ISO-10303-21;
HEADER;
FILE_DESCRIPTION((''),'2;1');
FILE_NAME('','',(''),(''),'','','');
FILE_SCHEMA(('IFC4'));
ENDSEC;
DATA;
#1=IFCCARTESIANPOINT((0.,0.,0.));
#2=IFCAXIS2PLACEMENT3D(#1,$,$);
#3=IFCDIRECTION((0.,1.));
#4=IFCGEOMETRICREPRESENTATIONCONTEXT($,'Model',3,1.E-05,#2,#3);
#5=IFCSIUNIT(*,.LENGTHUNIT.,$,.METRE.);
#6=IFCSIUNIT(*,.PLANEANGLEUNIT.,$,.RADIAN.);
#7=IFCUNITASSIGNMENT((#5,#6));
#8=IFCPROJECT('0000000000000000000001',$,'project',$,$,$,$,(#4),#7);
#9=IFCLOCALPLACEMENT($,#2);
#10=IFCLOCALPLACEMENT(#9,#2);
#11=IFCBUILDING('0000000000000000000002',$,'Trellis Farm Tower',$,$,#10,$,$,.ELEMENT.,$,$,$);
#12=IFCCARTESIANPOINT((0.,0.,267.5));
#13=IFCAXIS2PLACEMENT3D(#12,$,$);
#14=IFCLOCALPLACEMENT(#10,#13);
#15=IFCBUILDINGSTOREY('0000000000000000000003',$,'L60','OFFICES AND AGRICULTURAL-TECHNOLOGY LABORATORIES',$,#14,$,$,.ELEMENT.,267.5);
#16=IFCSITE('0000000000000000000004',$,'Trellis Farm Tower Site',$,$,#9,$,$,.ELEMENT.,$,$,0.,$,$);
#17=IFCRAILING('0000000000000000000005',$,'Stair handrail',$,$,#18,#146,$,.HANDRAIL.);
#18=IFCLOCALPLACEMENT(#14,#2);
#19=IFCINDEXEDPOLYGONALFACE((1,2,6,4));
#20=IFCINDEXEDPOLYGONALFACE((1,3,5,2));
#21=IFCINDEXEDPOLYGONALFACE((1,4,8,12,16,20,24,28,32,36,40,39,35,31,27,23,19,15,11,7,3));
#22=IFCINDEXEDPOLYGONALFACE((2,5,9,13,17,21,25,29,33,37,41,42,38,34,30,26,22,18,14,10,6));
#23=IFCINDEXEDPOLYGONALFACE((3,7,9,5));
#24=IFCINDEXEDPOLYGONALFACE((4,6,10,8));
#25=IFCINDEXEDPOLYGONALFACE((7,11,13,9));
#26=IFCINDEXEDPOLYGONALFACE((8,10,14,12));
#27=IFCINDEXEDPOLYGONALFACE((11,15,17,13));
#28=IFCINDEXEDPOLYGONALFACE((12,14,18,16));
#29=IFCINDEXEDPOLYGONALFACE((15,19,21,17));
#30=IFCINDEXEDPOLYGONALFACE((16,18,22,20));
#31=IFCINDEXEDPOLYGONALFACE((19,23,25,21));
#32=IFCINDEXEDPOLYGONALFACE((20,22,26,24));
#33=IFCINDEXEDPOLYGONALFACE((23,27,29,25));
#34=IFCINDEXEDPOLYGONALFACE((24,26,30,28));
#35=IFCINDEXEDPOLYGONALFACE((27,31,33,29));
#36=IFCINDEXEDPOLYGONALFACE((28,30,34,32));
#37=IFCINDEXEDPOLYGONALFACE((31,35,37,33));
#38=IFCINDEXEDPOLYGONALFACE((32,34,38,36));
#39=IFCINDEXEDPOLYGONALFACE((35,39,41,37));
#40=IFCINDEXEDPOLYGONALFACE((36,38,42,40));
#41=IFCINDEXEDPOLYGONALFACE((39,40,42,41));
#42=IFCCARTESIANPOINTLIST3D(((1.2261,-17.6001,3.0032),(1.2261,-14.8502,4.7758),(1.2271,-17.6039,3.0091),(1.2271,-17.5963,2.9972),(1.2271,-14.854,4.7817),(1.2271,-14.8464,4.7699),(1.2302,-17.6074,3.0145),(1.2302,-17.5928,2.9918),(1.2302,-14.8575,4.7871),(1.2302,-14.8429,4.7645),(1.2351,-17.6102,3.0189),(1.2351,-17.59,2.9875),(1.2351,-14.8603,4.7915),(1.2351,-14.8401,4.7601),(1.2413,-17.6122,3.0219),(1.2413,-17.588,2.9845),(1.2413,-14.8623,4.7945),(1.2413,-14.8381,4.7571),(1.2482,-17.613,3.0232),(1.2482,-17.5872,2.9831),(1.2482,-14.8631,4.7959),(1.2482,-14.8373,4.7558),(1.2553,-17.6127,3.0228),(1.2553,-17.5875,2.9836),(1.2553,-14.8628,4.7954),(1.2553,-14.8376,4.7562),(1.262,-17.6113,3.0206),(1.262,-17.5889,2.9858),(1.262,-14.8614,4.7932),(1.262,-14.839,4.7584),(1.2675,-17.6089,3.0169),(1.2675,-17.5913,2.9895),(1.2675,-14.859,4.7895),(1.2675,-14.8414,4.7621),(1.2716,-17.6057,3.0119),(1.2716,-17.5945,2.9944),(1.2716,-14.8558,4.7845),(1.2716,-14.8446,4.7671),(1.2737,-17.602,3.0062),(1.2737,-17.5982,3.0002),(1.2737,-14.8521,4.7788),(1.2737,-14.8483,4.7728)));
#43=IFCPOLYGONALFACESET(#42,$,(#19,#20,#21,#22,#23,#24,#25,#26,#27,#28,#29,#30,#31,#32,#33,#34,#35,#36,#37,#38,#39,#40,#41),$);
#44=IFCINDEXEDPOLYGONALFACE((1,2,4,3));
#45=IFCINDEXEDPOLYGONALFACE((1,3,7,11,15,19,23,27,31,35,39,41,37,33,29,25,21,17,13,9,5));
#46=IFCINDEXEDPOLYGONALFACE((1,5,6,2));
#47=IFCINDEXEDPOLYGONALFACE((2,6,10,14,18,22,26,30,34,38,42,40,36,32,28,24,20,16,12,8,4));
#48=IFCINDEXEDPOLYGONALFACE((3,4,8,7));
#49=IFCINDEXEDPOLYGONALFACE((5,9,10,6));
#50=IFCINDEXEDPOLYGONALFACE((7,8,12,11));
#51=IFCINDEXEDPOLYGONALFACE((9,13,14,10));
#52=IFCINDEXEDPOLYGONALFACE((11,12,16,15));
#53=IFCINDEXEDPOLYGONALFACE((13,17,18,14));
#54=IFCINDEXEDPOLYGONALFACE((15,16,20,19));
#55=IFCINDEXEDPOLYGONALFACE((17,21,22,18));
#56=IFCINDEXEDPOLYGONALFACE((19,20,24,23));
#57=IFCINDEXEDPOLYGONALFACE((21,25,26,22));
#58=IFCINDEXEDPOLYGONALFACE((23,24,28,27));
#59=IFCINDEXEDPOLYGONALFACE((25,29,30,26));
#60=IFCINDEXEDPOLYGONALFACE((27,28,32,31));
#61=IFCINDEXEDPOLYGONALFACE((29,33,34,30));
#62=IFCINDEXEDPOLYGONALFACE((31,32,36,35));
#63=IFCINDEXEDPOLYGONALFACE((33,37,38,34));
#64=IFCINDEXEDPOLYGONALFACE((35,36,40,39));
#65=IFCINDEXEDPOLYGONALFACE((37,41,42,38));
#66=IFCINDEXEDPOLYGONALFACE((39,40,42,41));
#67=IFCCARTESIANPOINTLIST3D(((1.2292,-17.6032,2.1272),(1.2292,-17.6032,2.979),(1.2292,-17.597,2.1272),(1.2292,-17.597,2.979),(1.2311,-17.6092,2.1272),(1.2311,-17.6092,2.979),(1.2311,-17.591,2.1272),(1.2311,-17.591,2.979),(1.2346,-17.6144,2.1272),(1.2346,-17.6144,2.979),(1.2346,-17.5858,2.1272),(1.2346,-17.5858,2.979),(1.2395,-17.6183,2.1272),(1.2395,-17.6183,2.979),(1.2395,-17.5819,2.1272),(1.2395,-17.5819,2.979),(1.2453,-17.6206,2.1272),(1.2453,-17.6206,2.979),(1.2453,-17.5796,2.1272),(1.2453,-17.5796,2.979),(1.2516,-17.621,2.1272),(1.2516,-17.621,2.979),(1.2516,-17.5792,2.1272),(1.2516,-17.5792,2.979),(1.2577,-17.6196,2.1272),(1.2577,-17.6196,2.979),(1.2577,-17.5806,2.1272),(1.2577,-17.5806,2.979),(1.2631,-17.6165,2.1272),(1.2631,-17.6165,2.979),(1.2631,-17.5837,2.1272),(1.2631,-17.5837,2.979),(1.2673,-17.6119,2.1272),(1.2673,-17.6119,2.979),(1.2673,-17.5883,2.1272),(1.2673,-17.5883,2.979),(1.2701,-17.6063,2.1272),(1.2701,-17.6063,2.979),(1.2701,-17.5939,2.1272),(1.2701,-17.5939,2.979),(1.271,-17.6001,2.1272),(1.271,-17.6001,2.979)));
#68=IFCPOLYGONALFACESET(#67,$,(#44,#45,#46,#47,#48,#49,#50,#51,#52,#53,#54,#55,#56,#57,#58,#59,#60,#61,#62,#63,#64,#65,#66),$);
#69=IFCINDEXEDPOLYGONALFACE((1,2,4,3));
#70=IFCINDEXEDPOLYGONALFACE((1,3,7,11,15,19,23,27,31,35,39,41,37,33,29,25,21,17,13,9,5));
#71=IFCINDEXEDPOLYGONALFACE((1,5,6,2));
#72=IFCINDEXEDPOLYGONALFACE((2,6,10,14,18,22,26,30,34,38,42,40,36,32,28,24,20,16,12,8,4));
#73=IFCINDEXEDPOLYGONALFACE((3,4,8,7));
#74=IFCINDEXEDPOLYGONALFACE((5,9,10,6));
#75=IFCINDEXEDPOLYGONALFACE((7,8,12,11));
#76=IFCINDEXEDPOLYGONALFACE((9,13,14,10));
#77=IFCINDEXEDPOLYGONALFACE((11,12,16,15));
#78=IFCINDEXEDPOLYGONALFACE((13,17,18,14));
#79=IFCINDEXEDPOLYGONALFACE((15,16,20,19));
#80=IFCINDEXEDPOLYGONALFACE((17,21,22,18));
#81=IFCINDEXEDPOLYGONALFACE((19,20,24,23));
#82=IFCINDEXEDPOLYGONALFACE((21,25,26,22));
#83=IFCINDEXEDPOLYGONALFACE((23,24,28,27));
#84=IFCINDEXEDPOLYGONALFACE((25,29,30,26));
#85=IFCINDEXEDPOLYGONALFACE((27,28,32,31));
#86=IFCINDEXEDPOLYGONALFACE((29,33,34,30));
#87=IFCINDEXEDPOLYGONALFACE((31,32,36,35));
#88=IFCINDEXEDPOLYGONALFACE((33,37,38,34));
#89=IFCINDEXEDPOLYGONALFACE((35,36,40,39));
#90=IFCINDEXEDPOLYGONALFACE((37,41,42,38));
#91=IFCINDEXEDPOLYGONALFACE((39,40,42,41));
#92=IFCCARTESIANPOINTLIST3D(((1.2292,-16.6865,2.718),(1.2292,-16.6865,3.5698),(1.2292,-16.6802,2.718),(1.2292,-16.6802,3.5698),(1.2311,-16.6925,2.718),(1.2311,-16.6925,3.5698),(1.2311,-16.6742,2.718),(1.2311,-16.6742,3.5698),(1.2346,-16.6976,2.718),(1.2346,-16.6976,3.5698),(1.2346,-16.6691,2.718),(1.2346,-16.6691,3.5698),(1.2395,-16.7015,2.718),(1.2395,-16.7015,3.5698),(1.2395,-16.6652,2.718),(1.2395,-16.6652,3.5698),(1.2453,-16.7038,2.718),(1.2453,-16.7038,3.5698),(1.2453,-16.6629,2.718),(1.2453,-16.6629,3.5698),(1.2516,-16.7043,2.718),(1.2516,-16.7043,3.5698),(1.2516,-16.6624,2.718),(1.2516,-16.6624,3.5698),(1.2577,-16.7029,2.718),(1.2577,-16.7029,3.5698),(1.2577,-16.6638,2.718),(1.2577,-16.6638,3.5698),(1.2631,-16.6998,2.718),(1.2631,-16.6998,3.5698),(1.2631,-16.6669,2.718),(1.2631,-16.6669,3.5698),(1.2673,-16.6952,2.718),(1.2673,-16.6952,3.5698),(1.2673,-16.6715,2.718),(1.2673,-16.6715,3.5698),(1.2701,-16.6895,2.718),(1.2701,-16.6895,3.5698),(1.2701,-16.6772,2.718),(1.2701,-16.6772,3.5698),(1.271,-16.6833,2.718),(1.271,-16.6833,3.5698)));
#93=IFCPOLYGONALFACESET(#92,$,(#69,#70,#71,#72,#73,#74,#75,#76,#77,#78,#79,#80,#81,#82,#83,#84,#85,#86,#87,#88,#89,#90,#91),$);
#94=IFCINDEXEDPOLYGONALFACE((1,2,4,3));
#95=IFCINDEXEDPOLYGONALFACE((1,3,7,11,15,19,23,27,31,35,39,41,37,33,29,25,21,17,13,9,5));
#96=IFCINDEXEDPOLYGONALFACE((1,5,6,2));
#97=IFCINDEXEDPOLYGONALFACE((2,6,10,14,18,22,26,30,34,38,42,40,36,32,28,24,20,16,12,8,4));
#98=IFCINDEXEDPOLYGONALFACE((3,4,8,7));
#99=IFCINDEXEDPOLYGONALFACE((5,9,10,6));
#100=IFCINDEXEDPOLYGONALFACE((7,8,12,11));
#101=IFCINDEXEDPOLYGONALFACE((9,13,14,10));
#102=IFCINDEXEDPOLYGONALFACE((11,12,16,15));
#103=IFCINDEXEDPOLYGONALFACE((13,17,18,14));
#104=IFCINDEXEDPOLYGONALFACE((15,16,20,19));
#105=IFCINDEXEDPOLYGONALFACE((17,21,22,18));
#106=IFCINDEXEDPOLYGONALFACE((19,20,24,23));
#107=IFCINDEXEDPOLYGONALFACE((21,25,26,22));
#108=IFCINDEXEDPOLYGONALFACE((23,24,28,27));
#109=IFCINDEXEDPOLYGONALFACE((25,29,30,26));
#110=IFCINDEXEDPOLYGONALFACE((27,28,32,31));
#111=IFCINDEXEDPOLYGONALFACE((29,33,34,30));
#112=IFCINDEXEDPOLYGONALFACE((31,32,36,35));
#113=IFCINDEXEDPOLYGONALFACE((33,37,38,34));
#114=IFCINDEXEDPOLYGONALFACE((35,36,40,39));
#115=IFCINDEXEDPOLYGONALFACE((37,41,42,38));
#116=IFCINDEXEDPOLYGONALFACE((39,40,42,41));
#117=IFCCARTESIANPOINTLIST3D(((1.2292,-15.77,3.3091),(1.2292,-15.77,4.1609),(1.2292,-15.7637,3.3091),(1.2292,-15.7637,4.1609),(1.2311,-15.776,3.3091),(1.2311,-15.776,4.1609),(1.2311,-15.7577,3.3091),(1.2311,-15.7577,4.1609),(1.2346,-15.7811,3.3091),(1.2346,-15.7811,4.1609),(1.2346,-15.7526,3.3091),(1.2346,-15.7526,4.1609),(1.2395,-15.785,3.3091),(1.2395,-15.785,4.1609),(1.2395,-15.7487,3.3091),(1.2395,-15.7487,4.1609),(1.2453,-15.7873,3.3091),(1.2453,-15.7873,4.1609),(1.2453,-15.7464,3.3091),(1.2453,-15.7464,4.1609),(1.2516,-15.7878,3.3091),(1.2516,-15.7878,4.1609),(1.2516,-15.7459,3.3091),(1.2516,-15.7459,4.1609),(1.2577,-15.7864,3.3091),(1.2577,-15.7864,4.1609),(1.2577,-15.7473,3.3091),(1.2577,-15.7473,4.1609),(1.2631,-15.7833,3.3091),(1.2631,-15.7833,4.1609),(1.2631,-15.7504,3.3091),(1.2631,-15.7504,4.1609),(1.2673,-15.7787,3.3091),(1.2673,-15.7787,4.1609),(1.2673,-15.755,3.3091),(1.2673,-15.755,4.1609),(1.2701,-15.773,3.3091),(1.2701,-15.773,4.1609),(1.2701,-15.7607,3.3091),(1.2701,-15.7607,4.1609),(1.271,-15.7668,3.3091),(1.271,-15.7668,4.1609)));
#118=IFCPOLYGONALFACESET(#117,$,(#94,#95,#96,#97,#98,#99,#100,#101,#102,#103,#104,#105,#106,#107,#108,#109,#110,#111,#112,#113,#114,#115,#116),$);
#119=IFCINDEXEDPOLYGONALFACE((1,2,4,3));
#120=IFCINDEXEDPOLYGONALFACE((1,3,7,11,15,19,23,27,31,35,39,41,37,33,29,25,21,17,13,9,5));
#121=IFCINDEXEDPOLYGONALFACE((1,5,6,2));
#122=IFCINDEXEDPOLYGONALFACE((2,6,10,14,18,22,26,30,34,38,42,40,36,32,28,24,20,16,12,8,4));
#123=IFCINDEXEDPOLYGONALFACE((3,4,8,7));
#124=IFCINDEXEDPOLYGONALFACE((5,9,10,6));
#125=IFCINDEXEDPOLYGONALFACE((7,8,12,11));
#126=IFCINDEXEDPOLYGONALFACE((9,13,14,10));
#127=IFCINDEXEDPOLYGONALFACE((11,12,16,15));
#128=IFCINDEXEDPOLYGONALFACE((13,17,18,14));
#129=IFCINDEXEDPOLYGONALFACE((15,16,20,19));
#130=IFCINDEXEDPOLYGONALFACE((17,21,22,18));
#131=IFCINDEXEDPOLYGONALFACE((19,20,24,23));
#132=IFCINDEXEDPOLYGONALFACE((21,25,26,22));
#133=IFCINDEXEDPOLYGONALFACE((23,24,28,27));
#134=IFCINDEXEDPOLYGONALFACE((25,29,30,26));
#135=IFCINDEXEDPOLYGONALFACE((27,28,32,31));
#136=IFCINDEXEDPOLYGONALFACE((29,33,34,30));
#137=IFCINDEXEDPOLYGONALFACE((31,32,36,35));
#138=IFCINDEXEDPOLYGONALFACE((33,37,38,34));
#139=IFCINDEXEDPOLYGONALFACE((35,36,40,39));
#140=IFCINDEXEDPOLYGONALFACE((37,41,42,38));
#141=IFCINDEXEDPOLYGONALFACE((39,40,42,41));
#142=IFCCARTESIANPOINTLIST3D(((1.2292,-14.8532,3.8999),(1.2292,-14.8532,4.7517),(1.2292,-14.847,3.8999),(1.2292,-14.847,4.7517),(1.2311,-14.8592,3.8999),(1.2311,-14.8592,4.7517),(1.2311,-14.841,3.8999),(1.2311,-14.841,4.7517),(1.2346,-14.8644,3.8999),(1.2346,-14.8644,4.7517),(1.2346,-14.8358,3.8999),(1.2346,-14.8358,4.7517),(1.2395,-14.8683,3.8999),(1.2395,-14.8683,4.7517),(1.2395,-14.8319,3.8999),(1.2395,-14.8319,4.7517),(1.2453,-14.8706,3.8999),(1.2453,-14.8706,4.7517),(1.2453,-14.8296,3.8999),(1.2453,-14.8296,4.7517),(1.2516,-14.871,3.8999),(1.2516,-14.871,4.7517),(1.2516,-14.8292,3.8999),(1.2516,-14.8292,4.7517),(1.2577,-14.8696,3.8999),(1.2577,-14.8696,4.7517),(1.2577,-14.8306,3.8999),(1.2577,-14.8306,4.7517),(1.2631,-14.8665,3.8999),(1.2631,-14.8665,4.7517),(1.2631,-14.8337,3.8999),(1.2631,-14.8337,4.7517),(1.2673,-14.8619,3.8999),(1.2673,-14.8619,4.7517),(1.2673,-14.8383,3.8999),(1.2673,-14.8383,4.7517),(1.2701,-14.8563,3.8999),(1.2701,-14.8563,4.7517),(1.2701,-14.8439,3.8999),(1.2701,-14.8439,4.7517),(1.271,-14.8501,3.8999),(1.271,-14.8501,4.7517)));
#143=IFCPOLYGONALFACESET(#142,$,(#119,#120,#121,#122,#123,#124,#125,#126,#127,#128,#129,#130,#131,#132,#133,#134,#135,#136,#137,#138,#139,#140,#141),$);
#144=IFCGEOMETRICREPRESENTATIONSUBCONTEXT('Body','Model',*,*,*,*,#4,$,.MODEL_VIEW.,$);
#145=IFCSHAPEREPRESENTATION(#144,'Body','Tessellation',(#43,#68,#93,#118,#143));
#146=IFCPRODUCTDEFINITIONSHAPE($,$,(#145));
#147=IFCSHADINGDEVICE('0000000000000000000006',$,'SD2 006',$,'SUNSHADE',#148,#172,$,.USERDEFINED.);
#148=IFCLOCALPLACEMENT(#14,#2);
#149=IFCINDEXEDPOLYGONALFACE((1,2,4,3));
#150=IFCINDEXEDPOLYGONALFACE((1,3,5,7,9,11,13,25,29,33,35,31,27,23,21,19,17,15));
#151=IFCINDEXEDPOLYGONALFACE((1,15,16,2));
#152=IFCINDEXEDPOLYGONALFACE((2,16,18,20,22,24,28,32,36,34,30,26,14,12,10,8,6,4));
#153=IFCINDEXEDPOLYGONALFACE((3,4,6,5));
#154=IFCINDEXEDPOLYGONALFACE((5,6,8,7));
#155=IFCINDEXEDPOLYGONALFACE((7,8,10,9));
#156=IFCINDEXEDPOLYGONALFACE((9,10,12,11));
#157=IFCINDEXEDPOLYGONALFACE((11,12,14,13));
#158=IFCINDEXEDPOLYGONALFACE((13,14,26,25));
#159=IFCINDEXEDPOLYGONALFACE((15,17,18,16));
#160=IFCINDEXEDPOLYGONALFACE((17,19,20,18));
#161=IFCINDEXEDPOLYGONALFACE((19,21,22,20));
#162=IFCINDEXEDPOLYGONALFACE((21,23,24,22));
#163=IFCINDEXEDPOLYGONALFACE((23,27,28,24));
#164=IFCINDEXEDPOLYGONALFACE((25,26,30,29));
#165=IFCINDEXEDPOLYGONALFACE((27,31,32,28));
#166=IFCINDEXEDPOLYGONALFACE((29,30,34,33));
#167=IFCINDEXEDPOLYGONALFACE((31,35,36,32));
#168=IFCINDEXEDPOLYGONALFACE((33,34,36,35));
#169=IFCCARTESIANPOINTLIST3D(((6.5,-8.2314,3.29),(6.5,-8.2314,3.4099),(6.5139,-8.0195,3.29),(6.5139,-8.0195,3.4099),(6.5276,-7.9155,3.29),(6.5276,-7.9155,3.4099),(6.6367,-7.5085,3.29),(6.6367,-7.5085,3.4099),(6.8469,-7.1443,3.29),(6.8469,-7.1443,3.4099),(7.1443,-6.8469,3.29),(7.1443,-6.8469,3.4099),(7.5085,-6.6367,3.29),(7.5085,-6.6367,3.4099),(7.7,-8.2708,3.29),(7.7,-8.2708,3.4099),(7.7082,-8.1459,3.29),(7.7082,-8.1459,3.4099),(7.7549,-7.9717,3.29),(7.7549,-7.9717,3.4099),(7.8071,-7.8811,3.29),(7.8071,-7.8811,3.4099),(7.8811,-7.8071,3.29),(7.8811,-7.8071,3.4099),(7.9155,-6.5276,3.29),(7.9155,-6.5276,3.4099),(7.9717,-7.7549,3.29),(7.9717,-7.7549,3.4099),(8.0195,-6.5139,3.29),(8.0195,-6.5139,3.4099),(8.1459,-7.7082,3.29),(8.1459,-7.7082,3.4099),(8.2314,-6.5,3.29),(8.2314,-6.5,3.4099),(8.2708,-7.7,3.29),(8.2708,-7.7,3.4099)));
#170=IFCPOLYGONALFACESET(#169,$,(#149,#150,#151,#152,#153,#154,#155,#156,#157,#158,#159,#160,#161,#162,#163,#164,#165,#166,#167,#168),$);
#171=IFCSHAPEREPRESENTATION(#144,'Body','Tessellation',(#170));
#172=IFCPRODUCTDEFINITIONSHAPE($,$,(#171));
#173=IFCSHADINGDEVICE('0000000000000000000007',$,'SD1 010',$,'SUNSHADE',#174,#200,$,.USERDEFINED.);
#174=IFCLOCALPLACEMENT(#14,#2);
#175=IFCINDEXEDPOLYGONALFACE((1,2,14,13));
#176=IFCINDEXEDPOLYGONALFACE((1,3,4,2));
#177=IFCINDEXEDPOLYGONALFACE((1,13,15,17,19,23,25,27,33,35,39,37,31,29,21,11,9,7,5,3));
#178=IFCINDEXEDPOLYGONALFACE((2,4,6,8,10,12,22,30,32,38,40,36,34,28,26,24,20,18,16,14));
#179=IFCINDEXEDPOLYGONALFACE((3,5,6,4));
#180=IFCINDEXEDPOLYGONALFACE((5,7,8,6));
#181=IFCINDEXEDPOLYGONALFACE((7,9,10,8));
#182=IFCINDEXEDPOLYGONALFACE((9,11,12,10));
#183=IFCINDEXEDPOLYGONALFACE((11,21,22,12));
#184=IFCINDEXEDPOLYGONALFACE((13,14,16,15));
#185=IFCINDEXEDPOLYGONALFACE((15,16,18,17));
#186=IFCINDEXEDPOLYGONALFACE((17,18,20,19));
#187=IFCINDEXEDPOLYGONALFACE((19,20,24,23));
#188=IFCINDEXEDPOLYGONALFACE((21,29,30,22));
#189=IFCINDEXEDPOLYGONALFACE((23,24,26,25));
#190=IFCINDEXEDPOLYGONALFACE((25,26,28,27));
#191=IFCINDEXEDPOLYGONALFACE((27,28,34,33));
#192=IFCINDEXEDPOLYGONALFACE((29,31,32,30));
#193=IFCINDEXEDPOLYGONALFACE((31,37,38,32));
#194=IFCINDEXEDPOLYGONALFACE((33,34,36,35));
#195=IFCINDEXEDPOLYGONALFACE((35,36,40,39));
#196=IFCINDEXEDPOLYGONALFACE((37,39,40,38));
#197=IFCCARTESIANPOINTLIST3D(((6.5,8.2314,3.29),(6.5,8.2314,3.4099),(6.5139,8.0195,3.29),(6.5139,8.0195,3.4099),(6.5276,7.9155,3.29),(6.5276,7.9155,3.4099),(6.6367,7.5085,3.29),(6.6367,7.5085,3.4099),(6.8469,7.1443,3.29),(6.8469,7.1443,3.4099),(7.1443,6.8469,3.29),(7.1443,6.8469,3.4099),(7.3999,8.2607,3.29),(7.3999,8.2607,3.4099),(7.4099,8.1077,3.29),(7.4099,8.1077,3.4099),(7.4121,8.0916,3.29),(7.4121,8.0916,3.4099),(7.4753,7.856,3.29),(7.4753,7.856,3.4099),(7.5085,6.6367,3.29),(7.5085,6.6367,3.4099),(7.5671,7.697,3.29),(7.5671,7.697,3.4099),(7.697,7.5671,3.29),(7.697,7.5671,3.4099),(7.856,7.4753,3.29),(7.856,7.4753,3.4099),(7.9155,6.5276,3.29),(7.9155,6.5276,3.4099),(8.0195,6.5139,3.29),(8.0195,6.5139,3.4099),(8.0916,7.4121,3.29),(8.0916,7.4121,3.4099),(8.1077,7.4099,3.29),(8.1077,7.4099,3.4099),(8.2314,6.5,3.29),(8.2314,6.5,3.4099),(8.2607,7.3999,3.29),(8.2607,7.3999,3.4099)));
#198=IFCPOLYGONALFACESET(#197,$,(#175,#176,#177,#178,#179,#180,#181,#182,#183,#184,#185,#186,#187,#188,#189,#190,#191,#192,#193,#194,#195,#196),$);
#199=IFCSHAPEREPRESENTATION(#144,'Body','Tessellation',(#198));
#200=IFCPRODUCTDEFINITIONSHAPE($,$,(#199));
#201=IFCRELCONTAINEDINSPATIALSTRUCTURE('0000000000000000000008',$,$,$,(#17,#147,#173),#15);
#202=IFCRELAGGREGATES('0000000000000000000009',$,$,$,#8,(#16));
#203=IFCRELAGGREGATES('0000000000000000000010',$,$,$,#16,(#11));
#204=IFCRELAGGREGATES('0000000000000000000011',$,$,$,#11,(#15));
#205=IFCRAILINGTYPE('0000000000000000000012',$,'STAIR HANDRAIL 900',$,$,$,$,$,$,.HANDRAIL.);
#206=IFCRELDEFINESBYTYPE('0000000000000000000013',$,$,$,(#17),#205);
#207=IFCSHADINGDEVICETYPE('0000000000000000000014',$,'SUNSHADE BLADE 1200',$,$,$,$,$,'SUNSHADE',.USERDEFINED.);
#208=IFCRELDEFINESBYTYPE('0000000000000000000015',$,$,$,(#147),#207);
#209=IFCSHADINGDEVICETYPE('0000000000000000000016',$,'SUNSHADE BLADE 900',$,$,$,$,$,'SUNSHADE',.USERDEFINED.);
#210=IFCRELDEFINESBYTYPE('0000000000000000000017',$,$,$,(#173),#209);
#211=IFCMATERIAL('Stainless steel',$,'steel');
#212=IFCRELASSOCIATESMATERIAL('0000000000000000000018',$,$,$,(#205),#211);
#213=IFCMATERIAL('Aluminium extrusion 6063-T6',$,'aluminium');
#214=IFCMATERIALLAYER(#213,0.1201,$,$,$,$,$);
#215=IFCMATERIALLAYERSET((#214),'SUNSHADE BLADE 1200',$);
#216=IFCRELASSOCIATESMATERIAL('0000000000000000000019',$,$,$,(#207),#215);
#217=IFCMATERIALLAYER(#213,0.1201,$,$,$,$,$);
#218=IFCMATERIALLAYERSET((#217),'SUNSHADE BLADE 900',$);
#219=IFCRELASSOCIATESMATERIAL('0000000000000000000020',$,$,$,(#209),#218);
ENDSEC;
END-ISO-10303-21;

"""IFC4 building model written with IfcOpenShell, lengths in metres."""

from ifc_helpers import new_model, si_unit, direction, frame, origin, origin_2d, place, context, subcontext, project, spatial, polyline, circle, outline, extrude, source, transform, mapped, material, layer, layer_set, type_object, element, save


model = new_model("IFC4")

# Units and contexts
model_context = context("Model", 3, precision=1e-05, world=origin(), true_north=direction((0.0, 1.0)))
body_context = subcontext(model_context, "Body", "Model", "MODEL_VIEW")
ifc_project = project(units=[si_unit("LENGTHUNIT", "METRE"), si_unit("PLANEANGLEUNIT", "RADIAN")], contexts=[model_context])

# Site, building, storey
site_placement = place(None, origin())
site = spatial("IfcSite", under=ifc_project, at=site_placement, Name="Trellis Farm Tower Site", CompositionType="ELEMENT", RefElevation=0.0)
building_placement = place(site_placement, origin())
building = spatial("IfcBuilding", under=site, at=building_placement, Name="Trellis Farm Tower", CompositionType="ELEMENT")
storey_placement = place(building_placement, frame((0.0, 0.0, 267.5)))
storey = spatial("IfcBuildingStorey", under=building, at=storey_placement, Name="L60", Description="OFFICES AND AGRICULTURAL-TECHNOLOGY LABORATORIES", CompositionType="ELEMENT", Elevation=267.5)

# Shared definitions
ifc_material_1 = material(Name="Aluminium extrusion 6063-T6", Category="aluminium")

# Railing
ifc_material_2 = material(Name="Stainless steel", Category="steel")
railing_type = type_object("IfcRailingType", Name="STAIR HANDRAIL 900", PredefinedType="HANDRAIL", material=ifc_material_2)
shared_shape_1 = source(origin(), body_context, "Body", "SweptSolid", [
    extrude(circle(Radius=0.0239, at=origin_2d()), frame((0.0, 0.0, 0.876), z_axis=(0.0, 0.840504, 0.541806), x_axis=(-1.0, 0.0, 0.0)), (0.0, 0.0, 1.0), 3.2717),
    extrude(circle(Radius=0.021, at=origin_2d()), origin(), (0.0, 0.0, 1.0), 0.8518),
    extrude(circle(Radius=0.021, at=origin_2d()), frame((0.0, 0.9167, 0.5908)), (0.0, 0.0, 1.0), 0.8518),
    extrude(circle(Radius=0.021, at=origin_2d()), frame((0.0, 1.8333, 1.1819)), (0.0, 0.0, 1.0), 0.8518),
    extrude(circle(Radius=0.021, at=origin_2d()), frame((0.0, 2.75, 1.7727)), (0.0, 0.0, 1.0), 0.8518),
])
railing_placement = place(storey_placement, frame((1.25, -17.6001, 2.1272)))
element("IfcRailing", 1, at=railing_placement, inside=storey, type_object=railing_type, Name="Stair handrail", PredefinedType="HANDRAIL", context=body_context, shape_type="MappedRepresentation", body=[
    mapped(shared_shape_1, transform((0.0, 0.0, 0.0))),
])

# Shading devices
ifc_layer_1 = layer(ifc_material_1, 0.1201)
ifc_layer_set_1 = layer_set([ifc_layer_1], Name="SUNSHADE BLADE 1200")
shading_device_type_1 = type_object("IfcShadingDeviceType", Name="SUNSHADE BLADE 1200", ElementType="SUNSHADE", PredefinedType="USERDEFINED", material=ifc_layer_set_1)
shared_shape_2 = source(origin(), body_context, "Body", "SweptSolid", [
    extrude(outline(polyline([(7.7, -8.2708), (7.7087, -8.1372), (7.707, -8.1501), (7.7549, -7.9717), (7.8071, -7.8811), (7.8811, -7.8071), (7.9717, -7.7549), (8.1501, -7.707), (8.1372, -7.7087), (8.2708, -7.7), (8.2314, -6.5), (8.0195, -6.5139), (7.9155, -6.5276), (7.5085, -6.6367), (7.1443, -6.8469), (6.8469, -7.1443), (6.6367, -7.5085), (6.5276, -7.9155), (6.5139, -8.0195), (6.5, -8.2314), (7.7, -8.2708)])), origin(), (0.0, 0.0, 1.0), 0.1199),
])
placement_1 = place(storey_placement, frame((0.0, 0.0, 3.29)))
element("IfcShadingDevice", 2, at=placement_1, inside=storey, type_object=shading_device_type_1, Name="SD2 006", ObjectType="SUNSHADE", PredefinedType="USERDEFINED", context=body_context, shape_type="MappedRepresentation", body=[
    mapped(shared_shape_2, transform((0.0, 0.0, 0.0))),
])
ifc_layer_2 = layer(ifc_material_1, 0.1201)
ifc_layer_set_2 = layer_set([ifc_layer_2], Name="SUNSHADE BLADE 900")
shading_device_type_2 = type_object("IfcShadingDeviceType", Name="SUNSHADE BLADE 900", ElementType="SUNSHADE", PredefinedType="USERDEFINED", material=ifc_layer_set_2)
shared_shape_3 = source(origin(), body_context, "Body", "SweptSolid", [
    extrude(outline(polyline([(8.2607, 7.3999), (8.1077, 7.4099), (8.0916, 7.4121), (7.856, 7.4753), (7.697, 7.5671), (7.5671, 7.697), (7.4753, 7.856), (7.4121, 8.0916), (7.4099, 8.1077), (7.3999, 8.2607), (6.5, 8.2314), (6.5139, 8.0195), (6.5276, 7.9155), (6.6367, 7.5085), (6.8469, 7.1443), (7.1443, 6.8469), (7.5085, 6.6367), (7.9155, 6.5276), (8.0195, 6.5139), (8.2314, 6.5), (8.2607, 7.3999)])), origin(), (0.0, 0.0, 1.0), 0.1199),
])
element("IfcShadingDevice", 3, at=placement_1, inside=storey, type_object=shading_device_type_2, Name="SD1 010", ObjectType="SUNSHADE", PredefinedType="USERDEFINED", context=body_context, shape_type="MappedRepresentation", body=[
    mapped(shared_shape_3, transform((0.0, 0.0, 0.0))),
])

save(model, "model.ifc")
